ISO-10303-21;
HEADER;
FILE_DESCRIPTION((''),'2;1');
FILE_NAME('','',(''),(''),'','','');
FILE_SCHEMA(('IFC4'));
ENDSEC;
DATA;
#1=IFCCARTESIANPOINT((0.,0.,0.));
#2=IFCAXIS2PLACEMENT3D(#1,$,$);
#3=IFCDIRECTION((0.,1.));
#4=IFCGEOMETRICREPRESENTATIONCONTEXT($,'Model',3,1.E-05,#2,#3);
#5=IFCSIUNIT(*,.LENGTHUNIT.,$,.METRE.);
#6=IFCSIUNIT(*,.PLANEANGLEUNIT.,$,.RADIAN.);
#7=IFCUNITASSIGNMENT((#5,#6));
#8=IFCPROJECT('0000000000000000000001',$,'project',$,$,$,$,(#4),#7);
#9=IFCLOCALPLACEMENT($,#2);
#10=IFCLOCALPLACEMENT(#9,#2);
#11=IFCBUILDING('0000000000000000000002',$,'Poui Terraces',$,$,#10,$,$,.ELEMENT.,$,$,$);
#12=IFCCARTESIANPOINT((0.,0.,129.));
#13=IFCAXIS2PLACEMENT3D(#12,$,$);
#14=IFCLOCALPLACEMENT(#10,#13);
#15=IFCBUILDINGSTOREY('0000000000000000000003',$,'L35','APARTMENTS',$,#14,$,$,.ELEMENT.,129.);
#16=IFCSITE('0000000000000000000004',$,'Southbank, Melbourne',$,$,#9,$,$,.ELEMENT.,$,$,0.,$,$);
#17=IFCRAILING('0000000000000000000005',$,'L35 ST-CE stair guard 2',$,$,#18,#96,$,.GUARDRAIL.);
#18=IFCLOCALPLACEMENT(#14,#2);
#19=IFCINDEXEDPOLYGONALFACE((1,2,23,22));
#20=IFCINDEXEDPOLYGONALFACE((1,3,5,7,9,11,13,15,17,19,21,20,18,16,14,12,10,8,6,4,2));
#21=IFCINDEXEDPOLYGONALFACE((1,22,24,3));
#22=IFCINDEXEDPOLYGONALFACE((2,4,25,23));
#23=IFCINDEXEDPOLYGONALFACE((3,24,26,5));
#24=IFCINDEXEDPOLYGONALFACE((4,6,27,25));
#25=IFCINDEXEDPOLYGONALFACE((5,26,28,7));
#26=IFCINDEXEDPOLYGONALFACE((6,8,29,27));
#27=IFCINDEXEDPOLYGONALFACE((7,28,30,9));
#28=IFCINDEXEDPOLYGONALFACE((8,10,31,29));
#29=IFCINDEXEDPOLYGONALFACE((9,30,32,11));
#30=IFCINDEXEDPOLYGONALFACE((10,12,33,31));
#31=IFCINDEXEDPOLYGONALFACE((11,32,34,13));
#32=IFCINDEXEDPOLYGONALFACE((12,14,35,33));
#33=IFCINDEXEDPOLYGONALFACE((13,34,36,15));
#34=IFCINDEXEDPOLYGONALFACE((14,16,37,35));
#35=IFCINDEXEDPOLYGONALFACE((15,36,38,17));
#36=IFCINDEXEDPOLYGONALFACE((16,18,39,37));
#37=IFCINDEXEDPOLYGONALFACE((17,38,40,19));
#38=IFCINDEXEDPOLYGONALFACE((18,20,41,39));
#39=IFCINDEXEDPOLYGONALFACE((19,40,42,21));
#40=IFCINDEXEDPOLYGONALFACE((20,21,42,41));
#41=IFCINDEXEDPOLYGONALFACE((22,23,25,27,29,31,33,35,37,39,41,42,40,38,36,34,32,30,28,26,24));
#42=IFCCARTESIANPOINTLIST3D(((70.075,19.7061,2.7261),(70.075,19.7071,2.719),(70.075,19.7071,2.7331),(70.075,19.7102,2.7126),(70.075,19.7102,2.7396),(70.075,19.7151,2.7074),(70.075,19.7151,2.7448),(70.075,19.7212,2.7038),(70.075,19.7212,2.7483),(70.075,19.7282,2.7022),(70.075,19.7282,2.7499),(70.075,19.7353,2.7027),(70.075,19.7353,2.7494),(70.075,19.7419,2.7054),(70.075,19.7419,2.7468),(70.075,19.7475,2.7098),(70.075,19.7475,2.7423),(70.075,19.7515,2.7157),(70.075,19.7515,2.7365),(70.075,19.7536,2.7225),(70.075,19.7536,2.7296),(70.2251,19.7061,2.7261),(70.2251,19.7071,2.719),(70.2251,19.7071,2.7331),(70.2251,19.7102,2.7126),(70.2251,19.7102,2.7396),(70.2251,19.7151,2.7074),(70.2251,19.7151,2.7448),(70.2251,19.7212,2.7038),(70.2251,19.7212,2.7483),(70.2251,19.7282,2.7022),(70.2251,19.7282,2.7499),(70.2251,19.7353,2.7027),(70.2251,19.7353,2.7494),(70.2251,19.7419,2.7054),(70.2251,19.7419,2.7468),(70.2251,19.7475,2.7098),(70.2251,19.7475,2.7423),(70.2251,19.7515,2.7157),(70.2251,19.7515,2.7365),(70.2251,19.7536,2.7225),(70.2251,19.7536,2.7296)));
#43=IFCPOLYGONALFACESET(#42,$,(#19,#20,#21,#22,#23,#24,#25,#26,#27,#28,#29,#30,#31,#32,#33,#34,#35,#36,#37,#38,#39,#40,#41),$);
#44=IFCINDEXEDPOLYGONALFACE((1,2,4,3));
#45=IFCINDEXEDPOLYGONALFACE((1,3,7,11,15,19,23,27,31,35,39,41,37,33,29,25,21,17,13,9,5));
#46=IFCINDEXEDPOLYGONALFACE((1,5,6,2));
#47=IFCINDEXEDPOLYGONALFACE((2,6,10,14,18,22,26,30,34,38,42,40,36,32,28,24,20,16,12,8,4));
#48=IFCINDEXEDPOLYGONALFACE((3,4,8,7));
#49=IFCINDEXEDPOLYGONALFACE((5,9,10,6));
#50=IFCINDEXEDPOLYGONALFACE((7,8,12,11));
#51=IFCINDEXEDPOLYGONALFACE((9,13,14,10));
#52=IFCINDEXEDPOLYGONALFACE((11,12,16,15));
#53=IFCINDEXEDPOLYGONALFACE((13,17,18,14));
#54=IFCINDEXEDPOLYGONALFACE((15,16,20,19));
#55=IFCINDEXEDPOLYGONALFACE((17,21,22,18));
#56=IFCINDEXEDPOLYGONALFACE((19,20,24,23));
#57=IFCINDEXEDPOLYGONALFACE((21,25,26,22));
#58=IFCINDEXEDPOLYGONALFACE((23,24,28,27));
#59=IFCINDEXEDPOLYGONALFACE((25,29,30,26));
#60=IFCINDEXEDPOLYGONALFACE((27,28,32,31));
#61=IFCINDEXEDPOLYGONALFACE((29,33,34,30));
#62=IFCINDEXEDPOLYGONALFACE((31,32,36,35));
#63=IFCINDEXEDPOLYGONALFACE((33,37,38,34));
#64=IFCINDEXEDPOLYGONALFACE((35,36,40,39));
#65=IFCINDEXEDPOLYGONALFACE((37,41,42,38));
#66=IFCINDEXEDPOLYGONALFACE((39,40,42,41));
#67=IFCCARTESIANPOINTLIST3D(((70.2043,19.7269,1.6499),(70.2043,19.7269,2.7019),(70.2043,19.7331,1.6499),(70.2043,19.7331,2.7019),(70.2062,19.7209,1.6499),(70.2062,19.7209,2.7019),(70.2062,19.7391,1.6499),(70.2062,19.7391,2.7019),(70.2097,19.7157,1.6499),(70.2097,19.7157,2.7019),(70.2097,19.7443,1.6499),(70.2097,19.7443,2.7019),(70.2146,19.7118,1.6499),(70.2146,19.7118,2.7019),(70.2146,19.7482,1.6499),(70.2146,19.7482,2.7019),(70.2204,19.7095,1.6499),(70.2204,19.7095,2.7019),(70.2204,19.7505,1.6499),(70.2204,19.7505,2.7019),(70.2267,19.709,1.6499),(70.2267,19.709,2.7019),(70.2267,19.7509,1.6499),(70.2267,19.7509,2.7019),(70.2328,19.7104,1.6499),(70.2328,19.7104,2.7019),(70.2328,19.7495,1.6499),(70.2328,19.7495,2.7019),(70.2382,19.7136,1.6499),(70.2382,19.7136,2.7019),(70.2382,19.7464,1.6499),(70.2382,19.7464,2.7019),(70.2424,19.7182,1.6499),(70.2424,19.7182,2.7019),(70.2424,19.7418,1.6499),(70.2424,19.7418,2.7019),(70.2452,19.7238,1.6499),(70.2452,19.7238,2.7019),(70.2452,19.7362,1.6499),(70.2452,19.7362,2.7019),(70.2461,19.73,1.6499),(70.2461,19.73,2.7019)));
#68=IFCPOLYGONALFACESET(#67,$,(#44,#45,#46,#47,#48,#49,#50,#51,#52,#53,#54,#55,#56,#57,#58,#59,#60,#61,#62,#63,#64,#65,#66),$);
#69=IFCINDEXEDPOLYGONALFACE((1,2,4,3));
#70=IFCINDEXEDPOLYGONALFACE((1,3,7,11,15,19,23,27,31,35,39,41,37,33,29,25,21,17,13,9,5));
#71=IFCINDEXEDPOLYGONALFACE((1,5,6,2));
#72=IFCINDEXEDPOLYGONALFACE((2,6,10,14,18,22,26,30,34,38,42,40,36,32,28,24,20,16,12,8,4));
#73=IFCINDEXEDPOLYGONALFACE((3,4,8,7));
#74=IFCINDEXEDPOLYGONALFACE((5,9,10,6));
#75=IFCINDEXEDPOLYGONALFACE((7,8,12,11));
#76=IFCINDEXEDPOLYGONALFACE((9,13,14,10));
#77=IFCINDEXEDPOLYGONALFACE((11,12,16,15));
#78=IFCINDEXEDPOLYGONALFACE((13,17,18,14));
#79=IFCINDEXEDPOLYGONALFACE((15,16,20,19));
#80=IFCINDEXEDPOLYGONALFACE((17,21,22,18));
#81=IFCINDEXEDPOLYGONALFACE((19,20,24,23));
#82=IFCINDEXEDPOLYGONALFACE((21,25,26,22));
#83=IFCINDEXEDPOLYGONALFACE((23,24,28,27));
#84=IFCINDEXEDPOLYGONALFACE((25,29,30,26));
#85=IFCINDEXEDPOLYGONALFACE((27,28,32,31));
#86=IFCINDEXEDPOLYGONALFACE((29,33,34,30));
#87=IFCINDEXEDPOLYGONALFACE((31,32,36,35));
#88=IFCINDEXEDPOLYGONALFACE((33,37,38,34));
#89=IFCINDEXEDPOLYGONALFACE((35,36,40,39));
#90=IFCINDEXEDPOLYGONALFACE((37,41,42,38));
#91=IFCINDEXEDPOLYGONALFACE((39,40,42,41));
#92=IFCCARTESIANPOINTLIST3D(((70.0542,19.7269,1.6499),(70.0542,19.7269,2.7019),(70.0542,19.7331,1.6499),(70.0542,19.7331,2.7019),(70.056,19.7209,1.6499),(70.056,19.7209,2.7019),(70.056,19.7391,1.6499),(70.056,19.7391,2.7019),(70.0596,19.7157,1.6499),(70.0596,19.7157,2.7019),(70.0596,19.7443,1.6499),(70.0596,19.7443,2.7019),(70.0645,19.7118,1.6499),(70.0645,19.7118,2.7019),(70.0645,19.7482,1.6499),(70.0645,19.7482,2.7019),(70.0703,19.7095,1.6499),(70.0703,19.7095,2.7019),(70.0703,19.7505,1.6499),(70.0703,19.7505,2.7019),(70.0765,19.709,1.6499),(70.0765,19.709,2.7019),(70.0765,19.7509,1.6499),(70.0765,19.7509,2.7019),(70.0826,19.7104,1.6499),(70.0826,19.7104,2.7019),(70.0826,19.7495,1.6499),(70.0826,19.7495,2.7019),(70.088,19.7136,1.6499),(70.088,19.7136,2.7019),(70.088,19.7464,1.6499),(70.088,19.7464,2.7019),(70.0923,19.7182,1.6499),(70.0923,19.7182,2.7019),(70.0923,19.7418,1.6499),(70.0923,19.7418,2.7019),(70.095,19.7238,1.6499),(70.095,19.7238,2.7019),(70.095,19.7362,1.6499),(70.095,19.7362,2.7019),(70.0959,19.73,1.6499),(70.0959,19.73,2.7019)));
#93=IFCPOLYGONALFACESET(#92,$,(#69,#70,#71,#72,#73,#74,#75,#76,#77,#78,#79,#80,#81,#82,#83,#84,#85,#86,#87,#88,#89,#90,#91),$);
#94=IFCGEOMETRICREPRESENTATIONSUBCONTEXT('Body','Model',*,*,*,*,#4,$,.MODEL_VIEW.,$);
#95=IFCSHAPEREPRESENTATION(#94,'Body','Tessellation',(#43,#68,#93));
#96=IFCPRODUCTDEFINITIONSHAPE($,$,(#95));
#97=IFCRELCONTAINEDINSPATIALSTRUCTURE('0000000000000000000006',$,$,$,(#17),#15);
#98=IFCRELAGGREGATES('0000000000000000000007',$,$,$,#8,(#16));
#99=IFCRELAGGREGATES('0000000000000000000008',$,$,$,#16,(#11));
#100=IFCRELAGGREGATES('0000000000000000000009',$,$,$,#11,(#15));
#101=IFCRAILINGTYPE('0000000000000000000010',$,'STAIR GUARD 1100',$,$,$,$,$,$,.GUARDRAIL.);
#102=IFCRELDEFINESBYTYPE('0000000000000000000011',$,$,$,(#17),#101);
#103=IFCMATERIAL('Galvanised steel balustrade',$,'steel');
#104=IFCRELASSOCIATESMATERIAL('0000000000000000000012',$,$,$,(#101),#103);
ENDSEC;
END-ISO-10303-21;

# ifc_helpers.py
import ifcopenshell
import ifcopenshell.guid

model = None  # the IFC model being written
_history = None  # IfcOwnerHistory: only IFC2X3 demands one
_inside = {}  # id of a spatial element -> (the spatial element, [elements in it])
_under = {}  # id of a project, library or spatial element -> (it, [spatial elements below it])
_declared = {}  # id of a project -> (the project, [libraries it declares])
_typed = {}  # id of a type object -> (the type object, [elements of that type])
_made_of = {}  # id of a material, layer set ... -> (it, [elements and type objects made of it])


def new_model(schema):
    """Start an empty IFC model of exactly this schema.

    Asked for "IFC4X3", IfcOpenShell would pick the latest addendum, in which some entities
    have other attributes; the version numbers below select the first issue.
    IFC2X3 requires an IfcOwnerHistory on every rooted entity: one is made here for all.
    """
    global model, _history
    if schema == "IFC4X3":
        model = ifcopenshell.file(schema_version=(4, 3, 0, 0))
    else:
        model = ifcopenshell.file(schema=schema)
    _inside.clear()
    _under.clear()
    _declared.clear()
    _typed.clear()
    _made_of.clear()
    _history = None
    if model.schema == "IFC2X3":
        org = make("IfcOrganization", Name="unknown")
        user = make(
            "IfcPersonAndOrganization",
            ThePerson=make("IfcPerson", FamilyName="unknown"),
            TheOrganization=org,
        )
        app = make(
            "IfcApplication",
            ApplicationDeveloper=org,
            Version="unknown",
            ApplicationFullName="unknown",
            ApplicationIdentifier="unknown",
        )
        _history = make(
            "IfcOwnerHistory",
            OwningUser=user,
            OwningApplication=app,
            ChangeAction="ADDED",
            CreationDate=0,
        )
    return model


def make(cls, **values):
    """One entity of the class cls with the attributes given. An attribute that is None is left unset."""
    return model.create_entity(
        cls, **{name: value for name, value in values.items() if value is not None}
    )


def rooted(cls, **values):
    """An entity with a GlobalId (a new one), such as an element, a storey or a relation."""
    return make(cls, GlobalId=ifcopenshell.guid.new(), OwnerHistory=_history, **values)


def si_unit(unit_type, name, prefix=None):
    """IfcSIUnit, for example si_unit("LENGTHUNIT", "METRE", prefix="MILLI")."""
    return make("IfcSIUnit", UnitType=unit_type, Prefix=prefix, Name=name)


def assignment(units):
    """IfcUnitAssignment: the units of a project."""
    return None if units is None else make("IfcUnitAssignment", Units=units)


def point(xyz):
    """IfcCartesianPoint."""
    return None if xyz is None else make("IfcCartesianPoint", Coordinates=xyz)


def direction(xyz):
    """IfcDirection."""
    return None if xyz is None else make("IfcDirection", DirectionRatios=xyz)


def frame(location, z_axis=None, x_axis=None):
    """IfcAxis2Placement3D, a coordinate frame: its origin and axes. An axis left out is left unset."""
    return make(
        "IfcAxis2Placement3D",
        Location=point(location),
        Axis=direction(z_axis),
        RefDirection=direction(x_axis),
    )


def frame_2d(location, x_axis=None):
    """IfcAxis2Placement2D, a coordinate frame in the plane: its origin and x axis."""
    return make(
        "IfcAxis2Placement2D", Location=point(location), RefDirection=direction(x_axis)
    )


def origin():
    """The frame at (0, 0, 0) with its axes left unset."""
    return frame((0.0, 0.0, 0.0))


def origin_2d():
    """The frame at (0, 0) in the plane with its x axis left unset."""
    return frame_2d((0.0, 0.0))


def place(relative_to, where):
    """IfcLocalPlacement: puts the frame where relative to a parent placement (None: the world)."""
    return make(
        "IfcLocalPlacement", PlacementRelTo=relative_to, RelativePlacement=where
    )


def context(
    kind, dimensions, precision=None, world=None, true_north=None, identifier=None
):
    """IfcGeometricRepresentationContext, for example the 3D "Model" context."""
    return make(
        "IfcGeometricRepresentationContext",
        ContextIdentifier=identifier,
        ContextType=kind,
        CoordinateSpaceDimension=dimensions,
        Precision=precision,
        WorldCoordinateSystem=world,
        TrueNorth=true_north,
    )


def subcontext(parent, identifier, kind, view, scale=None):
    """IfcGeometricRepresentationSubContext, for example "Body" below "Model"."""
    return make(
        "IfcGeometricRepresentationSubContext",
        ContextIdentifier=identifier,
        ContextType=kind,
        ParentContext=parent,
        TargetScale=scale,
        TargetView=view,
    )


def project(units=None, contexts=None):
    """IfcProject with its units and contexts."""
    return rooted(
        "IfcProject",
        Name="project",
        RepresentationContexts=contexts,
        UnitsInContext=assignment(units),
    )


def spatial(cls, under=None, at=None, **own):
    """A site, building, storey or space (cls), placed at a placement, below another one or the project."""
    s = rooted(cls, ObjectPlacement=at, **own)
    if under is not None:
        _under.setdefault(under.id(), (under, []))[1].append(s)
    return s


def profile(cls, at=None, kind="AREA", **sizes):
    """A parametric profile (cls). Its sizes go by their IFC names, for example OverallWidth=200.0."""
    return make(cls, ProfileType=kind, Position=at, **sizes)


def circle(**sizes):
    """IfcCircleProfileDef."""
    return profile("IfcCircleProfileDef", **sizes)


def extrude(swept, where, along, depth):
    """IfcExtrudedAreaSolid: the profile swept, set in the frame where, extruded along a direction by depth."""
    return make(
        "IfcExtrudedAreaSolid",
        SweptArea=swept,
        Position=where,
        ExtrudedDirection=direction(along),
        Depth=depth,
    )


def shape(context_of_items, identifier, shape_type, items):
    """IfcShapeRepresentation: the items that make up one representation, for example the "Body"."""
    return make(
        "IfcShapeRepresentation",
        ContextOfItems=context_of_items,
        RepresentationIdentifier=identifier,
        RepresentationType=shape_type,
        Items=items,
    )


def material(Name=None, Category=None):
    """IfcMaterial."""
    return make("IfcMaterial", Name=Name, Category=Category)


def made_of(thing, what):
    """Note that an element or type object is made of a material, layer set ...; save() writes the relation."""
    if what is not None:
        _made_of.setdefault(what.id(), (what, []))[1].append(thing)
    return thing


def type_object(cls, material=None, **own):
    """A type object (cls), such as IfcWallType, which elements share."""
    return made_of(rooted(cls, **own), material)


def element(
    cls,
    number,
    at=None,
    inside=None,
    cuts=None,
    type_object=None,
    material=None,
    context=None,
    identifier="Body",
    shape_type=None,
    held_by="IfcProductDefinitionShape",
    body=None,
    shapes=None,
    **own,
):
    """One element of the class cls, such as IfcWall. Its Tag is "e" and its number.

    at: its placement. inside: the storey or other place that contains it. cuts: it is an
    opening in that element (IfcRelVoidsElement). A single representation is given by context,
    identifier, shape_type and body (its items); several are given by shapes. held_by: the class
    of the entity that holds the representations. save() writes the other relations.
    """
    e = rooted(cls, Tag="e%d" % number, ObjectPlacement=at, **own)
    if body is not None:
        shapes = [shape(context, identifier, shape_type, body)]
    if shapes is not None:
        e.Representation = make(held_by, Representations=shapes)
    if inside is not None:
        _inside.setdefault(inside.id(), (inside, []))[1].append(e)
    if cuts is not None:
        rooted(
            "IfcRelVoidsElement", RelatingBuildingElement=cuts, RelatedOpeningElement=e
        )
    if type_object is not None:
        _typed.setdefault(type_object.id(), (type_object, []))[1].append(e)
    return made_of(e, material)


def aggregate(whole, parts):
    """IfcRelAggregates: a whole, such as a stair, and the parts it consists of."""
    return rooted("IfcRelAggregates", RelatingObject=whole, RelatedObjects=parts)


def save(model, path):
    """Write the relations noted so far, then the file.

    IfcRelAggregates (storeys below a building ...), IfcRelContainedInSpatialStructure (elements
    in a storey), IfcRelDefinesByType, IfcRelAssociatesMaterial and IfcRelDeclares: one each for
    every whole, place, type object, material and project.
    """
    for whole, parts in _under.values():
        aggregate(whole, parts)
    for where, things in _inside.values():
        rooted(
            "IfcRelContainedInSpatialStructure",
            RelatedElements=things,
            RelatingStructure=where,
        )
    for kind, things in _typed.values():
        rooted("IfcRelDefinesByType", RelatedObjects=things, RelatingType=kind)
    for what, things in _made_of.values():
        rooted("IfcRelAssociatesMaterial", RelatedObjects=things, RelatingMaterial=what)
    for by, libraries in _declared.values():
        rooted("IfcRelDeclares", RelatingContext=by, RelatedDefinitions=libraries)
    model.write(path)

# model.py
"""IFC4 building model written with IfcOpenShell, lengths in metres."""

from ifc_helpers import new_model, si_unit, direction, frame, origin, origin_2d, place, context, subcontext, project, spatial, circle, extrude, material, type_object, element, save


model = new_model("IFC4")

# Units and contexts
model_context = context("Model", 3, precision=1e-05, world=origin(), true_north=direction((0.0, 1.0)))
body_context = subcontext(model_context, "Body", "Model", "MODEL_VIEW")
ifc_project = project(units=[si_unit("LENGTHUNIT", "METRE"), si_unit("PLANEANGLEUNIT", "RADIAN")], contexts=[model_context])

# Site, building, storey
site_placement = place(None, origin())
site = spatial("IfcSite", under=ifc_project, at=site_placement, Name="Southbank, Melbourne", CompositionType="ELEMENT", RefElevation=0.0)
building_placement = place(site_placement, origin())
building = spatial("IfcBuilding", under=site, at=building_placement, Name="Poui Terraces", CompositionType="ELEMENT")
storey_placement = place(building_placement, frame((0.0, 0.0, 129.0)))
storey = spatial("IfcBuildingStorey", under=building, at=storey_placement, Name="L35", Description="APARTMENTS", CompositionType="ELEMENT", Elevation=129.0)

# Railing
ifc_material_1 = material(Name="Galvanised steel balustrade", Category="steel")
railing_type_1 = type_object("IfcRailingType", Name="STAIR GUARD 1100", PredefinedType="GUARDRAIL", material=ifc_material_1)
railing_1_placement = place(storey_placement, frame((70.2251, 19.73, 1.6499)))
element("IfcRailing", 1, at=railing_1_placement, inside=storey, type_object=railing_type_1, Name="L35 ST-CE stair guard 2", PredefinedType="GUARDRAIL", context=body_context, shape_type="SweptSolid", body=[
    extrude(circle(Radius=0.0239, at=origin_2d()), frame((0.0, 0.0, 1.0762), z_axis=(-1.0, 0.0, 0.0), x_axis=(0.0, -1.0, 0.0)), (0.0, 0.0, 1.0), 0.1501),
    extrude(circle(Radius=0.021, at=origin_2d()), origin(), (0.0, 0.0, 1.0), 1.052),
    extrude(circle(Radius=0.021, at=origin_2d()), frame((-0.1501, 0.0, 0.0)), (0.0, 0.0, 1.0), 1.052),
])

save(model, "model.ifc")
